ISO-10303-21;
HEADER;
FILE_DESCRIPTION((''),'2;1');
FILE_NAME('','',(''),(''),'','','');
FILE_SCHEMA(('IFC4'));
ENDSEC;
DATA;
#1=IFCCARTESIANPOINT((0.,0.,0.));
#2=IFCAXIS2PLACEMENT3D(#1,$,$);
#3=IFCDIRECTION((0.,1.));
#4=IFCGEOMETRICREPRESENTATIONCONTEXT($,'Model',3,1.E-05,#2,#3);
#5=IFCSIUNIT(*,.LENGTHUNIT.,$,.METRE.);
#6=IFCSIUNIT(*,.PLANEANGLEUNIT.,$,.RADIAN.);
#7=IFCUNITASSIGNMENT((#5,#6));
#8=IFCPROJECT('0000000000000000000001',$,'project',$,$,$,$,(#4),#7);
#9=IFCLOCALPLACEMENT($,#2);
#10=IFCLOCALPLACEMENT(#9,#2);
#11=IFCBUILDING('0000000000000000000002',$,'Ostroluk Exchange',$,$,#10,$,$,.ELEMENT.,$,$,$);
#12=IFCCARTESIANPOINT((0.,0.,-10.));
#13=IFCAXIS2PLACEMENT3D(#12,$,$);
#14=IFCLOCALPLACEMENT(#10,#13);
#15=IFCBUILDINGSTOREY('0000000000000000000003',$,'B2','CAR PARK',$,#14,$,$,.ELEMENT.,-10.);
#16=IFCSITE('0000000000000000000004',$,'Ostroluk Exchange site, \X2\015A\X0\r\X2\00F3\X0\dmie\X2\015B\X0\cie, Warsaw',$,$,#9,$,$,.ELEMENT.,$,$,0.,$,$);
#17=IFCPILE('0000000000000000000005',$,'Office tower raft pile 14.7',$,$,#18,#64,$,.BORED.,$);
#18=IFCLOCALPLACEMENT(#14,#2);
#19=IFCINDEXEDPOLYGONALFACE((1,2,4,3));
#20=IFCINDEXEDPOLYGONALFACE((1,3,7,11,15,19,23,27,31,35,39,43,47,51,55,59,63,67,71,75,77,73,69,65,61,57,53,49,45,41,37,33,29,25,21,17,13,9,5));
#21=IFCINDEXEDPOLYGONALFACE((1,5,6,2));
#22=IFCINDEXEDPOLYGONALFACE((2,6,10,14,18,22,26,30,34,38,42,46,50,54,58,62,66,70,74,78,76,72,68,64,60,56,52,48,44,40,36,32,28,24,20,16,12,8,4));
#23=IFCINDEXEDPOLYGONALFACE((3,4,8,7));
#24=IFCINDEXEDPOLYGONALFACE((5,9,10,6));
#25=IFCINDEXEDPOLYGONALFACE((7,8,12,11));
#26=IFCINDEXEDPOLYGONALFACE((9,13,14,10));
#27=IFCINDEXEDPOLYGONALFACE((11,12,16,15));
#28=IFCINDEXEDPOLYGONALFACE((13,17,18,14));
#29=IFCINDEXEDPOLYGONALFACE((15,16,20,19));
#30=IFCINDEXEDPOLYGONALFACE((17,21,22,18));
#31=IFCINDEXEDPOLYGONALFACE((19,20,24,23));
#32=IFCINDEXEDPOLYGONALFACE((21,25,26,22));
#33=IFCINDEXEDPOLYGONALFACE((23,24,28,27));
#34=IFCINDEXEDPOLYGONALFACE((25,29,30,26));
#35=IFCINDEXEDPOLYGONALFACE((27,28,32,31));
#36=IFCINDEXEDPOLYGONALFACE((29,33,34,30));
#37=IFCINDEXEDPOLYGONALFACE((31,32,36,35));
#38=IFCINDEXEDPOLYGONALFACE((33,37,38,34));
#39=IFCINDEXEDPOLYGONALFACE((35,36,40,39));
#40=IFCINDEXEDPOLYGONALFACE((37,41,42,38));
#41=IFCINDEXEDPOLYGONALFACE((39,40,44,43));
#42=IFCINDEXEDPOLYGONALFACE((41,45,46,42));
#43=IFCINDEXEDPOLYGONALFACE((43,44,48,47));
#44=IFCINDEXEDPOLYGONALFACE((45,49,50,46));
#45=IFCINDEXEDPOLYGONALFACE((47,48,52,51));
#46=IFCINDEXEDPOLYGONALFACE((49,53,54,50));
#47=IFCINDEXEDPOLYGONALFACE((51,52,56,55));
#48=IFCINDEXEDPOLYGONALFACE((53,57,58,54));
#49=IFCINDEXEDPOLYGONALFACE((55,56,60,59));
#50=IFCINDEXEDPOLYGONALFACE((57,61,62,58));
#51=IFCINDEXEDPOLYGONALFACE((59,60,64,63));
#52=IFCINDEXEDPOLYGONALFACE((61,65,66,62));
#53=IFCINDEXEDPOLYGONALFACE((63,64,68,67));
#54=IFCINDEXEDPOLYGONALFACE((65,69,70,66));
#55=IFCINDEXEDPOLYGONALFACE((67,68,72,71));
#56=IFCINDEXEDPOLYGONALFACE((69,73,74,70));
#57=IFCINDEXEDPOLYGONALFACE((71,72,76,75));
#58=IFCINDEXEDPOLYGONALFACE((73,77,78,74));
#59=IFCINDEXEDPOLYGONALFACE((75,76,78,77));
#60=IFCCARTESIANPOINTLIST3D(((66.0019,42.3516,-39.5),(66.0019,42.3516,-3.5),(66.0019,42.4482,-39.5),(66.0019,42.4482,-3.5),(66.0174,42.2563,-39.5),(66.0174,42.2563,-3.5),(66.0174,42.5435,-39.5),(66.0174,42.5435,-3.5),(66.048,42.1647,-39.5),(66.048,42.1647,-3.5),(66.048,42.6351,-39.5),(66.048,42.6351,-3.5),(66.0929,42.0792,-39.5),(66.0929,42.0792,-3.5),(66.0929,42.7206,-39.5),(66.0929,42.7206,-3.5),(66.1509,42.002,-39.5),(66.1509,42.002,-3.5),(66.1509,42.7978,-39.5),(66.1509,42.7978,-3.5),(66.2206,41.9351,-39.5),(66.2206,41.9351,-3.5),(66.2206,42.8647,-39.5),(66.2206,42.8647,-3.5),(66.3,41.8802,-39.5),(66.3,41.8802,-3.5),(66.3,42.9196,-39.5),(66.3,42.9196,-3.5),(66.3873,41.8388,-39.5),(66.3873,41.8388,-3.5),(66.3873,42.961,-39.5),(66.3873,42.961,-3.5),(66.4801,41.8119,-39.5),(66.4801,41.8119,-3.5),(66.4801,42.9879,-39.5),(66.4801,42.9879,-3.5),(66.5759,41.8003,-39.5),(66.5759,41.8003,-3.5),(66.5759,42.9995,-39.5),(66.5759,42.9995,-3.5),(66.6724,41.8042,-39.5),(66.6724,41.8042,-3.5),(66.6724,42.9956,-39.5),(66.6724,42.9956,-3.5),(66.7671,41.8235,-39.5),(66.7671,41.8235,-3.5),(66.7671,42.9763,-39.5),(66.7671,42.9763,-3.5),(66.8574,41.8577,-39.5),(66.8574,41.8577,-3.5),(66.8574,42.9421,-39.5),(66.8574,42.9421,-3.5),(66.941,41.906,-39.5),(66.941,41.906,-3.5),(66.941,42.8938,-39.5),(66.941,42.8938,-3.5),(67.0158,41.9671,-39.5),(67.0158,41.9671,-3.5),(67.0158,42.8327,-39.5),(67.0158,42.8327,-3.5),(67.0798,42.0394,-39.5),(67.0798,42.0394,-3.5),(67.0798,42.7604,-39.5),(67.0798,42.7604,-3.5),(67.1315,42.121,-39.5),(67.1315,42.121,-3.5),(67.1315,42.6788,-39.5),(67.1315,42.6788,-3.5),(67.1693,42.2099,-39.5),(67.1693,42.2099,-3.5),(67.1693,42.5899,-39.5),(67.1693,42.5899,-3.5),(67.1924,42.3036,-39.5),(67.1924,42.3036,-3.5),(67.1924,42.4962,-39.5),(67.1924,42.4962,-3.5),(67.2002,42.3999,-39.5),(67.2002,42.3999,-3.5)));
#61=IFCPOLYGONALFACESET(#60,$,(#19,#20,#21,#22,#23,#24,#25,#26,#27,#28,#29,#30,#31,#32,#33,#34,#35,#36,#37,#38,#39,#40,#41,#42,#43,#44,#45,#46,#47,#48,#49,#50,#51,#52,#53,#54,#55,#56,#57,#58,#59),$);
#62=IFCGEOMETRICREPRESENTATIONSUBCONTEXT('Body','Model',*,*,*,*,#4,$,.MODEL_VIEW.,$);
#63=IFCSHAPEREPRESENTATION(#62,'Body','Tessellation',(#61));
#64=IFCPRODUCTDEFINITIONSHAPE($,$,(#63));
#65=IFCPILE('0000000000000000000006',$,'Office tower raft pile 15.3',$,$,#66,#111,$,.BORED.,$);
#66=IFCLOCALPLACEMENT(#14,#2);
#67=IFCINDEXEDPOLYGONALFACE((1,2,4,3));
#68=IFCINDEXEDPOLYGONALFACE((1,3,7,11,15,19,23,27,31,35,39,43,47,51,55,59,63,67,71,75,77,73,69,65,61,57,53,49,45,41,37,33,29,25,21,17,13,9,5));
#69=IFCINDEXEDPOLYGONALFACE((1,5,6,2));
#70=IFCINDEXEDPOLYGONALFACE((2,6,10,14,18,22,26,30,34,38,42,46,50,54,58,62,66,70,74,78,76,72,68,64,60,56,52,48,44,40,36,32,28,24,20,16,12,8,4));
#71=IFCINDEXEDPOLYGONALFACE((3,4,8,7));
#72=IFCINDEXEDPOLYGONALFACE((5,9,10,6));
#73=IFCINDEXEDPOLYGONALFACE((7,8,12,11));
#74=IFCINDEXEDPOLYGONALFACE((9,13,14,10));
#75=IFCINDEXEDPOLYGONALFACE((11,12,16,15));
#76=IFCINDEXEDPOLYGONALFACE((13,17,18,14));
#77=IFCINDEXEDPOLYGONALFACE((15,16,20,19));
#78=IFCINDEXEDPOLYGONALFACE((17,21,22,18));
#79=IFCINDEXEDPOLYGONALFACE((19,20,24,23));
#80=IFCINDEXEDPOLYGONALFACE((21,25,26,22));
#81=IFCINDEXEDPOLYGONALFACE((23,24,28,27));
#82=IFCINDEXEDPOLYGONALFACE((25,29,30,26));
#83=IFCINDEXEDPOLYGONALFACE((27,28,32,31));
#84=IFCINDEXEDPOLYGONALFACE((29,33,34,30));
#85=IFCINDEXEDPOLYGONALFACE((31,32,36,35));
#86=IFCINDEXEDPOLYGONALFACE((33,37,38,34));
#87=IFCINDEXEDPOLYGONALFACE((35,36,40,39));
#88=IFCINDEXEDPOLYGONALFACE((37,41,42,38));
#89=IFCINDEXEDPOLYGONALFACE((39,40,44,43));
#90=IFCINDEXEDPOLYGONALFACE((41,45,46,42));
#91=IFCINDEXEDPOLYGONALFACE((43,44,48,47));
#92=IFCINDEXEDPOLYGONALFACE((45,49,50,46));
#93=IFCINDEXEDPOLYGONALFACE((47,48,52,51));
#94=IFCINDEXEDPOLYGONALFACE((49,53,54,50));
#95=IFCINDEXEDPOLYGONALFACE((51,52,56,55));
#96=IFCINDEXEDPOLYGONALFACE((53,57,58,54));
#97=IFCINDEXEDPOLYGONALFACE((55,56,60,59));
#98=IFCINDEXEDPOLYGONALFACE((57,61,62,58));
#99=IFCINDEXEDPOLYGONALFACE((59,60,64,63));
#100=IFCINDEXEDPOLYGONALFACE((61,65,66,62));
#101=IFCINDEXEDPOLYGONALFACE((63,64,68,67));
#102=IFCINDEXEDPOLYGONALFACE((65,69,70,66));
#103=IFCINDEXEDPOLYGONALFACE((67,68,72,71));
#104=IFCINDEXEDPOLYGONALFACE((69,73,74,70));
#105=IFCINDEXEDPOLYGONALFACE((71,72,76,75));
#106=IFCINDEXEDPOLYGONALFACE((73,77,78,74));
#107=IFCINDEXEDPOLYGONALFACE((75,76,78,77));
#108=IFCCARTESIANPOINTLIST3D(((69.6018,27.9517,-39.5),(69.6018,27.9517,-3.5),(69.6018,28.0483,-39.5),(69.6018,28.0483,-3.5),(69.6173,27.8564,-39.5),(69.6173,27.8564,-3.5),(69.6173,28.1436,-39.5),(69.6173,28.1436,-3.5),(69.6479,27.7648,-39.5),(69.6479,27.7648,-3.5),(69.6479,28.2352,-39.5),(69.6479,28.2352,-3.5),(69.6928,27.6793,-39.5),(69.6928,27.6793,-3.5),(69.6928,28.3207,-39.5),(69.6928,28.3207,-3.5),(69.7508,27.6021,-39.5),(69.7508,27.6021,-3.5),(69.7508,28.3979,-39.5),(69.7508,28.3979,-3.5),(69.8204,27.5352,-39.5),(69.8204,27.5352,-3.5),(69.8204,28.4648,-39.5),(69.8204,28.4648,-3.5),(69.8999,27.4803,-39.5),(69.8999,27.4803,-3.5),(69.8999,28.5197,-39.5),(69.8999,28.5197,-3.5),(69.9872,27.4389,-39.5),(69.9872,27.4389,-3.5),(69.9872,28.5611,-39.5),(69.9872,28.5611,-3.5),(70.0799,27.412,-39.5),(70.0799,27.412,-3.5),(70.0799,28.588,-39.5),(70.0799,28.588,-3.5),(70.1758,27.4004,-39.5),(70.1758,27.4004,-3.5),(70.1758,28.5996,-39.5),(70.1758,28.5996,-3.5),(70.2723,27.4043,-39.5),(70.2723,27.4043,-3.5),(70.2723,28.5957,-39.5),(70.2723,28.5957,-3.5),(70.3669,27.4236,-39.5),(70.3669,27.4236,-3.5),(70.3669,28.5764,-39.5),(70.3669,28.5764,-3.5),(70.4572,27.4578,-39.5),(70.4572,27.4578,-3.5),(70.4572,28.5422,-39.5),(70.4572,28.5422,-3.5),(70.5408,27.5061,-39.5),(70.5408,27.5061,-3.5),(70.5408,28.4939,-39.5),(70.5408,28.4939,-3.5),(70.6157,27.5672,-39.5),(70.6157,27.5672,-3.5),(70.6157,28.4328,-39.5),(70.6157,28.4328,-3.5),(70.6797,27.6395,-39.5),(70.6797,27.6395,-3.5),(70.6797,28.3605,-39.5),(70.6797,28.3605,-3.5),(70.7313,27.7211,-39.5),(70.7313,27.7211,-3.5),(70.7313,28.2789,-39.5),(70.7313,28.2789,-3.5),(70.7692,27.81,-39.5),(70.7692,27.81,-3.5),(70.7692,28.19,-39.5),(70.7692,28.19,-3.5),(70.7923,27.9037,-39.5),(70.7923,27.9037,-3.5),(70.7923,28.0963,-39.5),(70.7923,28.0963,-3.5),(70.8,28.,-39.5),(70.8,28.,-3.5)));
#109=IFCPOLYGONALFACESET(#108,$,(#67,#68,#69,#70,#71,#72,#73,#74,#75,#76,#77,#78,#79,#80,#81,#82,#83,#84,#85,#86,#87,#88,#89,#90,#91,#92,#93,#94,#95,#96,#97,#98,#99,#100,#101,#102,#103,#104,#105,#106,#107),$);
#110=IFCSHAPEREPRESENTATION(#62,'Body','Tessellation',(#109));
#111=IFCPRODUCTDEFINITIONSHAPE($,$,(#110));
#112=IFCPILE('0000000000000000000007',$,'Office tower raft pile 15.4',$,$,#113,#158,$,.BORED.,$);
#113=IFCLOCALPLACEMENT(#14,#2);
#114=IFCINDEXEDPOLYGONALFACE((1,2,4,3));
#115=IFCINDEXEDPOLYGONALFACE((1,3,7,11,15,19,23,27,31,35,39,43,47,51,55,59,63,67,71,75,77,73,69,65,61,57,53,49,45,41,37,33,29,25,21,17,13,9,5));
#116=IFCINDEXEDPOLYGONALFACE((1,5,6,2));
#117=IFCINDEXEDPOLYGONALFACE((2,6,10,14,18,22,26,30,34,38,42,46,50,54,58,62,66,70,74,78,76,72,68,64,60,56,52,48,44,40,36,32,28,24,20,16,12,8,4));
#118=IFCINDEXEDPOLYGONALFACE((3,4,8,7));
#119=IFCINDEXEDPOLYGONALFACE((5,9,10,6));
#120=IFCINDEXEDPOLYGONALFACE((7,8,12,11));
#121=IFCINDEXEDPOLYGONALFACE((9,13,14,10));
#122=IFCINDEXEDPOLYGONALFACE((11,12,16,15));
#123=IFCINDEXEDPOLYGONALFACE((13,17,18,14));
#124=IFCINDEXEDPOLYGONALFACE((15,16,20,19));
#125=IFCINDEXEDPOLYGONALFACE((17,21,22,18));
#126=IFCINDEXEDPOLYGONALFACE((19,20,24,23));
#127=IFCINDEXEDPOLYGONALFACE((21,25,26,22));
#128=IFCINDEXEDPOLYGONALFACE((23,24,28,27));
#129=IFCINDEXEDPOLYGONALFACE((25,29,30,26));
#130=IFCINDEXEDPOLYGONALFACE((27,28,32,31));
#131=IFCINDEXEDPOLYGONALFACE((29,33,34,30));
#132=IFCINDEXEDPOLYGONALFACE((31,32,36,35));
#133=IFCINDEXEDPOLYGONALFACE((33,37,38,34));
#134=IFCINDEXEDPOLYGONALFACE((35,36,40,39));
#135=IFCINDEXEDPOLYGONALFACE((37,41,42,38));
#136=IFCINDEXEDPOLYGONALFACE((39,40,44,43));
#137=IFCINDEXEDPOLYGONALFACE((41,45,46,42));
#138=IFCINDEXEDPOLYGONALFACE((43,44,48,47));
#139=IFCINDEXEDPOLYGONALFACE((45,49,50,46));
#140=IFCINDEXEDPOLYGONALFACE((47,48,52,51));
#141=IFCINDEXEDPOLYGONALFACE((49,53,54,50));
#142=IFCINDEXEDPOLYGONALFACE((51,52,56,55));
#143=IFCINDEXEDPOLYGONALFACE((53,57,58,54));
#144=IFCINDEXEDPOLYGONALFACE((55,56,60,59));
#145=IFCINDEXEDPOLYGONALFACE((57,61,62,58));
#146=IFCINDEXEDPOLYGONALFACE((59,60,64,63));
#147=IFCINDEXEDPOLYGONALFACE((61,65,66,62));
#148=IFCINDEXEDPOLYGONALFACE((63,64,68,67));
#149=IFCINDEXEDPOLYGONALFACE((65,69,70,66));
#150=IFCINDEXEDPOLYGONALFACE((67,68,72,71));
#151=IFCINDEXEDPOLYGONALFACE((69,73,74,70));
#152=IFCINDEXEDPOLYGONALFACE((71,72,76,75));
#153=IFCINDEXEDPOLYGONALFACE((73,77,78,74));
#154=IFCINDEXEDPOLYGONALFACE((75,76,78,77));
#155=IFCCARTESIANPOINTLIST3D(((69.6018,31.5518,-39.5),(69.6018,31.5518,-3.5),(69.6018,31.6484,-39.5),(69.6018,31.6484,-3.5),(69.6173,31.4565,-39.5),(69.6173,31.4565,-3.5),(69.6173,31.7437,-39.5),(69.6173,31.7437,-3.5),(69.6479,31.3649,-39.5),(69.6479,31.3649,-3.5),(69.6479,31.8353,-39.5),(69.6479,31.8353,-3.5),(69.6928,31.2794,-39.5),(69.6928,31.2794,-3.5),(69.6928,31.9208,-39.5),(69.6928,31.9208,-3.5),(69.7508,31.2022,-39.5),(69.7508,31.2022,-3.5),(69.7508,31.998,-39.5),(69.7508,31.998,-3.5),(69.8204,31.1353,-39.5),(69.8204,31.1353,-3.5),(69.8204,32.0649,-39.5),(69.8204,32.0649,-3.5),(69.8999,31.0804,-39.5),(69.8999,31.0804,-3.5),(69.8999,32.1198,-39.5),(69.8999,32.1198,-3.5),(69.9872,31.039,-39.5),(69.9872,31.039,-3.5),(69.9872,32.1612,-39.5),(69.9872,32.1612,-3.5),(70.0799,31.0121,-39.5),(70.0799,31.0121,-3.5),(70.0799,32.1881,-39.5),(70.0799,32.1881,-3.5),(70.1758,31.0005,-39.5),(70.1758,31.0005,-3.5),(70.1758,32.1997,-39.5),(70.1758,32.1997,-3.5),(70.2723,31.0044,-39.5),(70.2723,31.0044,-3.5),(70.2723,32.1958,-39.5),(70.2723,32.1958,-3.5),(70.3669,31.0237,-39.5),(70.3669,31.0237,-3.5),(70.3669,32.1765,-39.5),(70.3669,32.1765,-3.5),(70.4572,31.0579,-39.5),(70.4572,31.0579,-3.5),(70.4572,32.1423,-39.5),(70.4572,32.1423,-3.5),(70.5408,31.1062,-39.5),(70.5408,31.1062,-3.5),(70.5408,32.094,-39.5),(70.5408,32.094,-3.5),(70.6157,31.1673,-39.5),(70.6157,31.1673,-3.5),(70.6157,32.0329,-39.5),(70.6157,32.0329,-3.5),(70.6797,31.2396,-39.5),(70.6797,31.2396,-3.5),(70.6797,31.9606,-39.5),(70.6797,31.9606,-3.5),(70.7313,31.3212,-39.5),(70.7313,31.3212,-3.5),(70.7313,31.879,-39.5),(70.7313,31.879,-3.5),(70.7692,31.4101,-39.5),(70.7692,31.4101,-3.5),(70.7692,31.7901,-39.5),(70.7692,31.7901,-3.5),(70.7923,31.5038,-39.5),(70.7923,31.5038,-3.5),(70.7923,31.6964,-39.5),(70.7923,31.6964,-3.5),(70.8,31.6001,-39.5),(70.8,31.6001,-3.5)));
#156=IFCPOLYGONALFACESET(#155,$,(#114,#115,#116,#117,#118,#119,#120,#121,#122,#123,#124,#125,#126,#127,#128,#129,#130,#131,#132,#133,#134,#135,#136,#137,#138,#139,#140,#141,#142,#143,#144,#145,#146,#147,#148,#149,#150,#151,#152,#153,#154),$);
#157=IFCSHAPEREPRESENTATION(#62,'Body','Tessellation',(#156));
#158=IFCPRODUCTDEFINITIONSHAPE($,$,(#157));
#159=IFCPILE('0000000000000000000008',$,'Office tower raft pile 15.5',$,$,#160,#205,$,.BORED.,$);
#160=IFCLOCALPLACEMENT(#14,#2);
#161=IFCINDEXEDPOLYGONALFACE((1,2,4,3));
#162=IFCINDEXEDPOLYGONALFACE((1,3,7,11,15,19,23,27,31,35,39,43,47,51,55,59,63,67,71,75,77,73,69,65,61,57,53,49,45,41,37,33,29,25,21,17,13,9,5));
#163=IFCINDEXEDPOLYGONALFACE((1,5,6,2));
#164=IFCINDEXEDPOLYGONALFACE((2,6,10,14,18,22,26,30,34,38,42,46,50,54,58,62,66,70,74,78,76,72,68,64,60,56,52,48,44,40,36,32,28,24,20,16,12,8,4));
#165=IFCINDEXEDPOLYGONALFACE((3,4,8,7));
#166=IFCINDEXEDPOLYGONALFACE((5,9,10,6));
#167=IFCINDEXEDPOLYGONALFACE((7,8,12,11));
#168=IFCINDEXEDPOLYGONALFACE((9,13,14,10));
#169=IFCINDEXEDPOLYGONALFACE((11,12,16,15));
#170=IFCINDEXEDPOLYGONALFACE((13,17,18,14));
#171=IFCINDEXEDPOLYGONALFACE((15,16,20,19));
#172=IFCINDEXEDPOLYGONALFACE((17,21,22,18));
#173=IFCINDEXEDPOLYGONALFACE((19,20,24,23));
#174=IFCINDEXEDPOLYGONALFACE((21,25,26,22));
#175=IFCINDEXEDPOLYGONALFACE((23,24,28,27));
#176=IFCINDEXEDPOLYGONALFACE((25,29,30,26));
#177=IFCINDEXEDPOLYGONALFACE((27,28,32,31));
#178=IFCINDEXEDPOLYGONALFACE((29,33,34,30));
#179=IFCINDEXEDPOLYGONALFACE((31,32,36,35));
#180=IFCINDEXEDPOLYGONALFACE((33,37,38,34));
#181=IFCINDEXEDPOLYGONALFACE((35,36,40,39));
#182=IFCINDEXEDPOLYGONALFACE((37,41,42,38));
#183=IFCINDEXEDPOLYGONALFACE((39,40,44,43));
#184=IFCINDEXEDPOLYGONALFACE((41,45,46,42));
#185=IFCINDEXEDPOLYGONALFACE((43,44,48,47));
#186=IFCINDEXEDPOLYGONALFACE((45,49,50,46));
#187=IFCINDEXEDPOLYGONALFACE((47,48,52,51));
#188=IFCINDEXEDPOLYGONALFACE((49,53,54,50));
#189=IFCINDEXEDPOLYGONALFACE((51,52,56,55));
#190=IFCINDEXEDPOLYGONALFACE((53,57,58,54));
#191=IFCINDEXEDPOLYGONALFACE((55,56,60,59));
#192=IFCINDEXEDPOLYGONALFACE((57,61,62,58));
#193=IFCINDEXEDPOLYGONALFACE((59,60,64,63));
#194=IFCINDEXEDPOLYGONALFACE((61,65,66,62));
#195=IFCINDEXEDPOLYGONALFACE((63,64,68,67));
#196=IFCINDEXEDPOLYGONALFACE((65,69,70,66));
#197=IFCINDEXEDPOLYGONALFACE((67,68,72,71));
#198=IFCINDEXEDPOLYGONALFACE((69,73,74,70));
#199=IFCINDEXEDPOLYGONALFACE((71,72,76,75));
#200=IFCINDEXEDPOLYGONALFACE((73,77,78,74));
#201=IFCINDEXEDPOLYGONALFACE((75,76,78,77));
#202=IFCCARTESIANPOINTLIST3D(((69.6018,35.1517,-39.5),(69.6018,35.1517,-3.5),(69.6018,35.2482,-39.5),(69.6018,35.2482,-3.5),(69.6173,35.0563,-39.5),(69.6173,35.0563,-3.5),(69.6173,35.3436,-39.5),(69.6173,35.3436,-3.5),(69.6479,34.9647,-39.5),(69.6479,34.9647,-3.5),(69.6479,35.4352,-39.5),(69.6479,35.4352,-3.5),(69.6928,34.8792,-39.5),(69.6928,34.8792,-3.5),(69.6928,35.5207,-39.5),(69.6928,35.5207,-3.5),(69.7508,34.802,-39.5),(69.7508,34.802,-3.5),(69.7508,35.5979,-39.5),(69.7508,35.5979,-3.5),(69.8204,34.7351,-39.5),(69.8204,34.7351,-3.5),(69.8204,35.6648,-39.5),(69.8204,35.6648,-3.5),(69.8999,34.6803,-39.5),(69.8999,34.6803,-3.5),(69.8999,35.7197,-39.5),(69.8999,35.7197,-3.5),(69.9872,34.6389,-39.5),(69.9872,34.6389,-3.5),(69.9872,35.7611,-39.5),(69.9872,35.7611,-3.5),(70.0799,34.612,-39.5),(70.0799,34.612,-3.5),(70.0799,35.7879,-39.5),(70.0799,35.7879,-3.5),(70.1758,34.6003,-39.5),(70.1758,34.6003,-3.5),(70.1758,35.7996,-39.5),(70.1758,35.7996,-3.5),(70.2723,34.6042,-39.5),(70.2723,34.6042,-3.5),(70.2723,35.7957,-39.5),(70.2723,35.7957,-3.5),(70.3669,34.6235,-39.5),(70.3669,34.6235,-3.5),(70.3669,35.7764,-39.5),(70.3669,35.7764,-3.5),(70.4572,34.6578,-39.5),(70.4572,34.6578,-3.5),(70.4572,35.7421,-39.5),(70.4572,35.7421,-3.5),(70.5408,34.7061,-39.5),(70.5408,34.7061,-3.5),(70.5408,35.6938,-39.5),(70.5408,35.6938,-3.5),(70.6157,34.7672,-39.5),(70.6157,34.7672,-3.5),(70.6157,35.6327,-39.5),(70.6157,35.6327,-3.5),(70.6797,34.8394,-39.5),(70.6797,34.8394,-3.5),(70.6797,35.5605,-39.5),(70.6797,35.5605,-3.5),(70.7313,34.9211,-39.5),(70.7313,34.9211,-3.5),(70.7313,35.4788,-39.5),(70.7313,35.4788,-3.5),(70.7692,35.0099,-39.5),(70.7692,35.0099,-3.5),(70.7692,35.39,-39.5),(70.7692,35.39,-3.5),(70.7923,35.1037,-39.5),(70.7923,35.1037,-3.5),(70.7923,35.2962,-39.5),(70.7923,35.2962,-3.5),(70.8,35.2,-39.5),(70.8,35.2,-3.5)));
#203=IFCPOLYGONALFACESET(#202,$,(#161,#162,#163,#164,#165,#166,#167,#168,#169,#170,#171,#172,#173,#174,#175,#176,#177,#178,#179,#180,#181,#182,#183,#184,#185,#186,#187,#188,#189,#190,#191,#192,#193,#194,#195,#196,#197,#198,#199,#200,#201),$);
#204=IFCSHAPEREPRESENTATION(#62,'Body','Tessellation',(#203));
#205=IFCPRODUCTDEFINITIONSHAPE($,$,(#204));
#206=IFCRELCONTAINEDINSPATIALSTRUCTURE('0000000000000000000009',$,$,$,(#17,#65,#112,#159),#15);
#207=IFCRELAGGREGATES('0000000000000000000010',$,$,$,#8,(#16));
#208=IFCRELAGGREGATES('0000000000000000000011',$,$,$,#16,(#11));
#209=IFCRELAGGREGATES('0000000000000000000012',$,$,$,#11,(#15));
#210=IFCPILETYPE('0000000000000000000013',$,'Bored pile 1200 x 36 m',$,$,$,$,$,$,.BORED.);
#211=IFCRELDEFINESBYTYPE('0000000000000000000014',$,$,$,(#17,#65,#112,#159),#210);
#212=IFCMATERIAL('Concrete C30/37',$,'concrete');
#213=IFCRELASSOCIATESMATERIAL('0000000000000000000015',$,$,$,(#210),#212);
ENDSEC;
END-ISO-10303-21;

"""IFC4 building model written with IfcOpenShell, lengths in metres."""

from ifc_helpers import new_model, si_unit, direction, frame, origin, origin_2d, place, context, subcontext, project, spatial, circle, extrude, material, type_object, element, save


model = new_model("IFC4")

# Units and contexts
model_context = context("Model", 3, precision=1e-05, world=origin(), true_north=direction((0.0, 1.0)))
body_context = subcontext(model_context, "Body", "Model", "MODEL_VIEW")
ifc_project = project(units=[si_unit("LENGTHUNIT", "METRE"), si_unit("PLANEANGLEUNIT", "RADIAN")], contexts=[model_context])

# Site, building, storey
site_placement = place(None, origin())
site = spatial("IfcSite", under=ifc_project, at=site_placement, Name="Ostroluk Exchange site, Śródmieście, Warsaw", CompositionType="ELEMENT", RefElevation=0.0)
building_placement = place(site_placement, origin())
building = spatial("IfcBuilding", under=site, at=building_placement, Name="Ostroluk Exchange", CompositionType="ELEMENT")
storey_placement = place(building_placement, frame((0.0, 0.0, -10.0)))
storey = spatial("IfcBuildingStorey", under=building, at=storey_placement, Name="B2", Description="CAR PARK", CompositionType="ELEMENT", Elevation=-10.0)

# Piles
ifc_material_1 = material(Name="Concrete C30/37", Category="concrete")
pile_type_1 = type_object("IfcPileType", Name="Bored pile 1200 x 36 m", PredefinedType="BORED", material=ifc_material_1)
for number, where, z_axis, x_axis, name in (
    (1, (66.6001, 42.3999, -3.5), (0.0, 0.0, -1.0), (1.0, 0.0, 0.0), "Office tower raft pile 14.7"),
    (2, (70.2, 28.0, -3.5), (0.0, 0.0, -1.0), (1.0, 0.0, 0.0), "Office tower raft pile 15.3"),
    (3, (70.2, 31.6001, -3.5), (0.0, 0.0, -1.0), (1.0, 0.0, 0.0), "Office tower raft pile 15.4"),
    (4, (70.2, 35.2, -3.5), (0.0, 0.0, -1.0), (1.0, 0.0, 0.0), "Office tower raft pile 15.5"),
):
    element("IfcPile", number, at=place(storey_placement, frame(where, z_axis=z_axis, x_axis=x_axis)), inside=storey, type_object=pile_type_1, Name=name, PredefinedType="BORED", context=body_context, shape_type="SweptSolid", body=[
        extrude(circle(Radius=0.6001, at=origin_2d()), origin(), (0.0, 0.0, 1.0), 36.0),
    ])

save(model, "model.ifc")
